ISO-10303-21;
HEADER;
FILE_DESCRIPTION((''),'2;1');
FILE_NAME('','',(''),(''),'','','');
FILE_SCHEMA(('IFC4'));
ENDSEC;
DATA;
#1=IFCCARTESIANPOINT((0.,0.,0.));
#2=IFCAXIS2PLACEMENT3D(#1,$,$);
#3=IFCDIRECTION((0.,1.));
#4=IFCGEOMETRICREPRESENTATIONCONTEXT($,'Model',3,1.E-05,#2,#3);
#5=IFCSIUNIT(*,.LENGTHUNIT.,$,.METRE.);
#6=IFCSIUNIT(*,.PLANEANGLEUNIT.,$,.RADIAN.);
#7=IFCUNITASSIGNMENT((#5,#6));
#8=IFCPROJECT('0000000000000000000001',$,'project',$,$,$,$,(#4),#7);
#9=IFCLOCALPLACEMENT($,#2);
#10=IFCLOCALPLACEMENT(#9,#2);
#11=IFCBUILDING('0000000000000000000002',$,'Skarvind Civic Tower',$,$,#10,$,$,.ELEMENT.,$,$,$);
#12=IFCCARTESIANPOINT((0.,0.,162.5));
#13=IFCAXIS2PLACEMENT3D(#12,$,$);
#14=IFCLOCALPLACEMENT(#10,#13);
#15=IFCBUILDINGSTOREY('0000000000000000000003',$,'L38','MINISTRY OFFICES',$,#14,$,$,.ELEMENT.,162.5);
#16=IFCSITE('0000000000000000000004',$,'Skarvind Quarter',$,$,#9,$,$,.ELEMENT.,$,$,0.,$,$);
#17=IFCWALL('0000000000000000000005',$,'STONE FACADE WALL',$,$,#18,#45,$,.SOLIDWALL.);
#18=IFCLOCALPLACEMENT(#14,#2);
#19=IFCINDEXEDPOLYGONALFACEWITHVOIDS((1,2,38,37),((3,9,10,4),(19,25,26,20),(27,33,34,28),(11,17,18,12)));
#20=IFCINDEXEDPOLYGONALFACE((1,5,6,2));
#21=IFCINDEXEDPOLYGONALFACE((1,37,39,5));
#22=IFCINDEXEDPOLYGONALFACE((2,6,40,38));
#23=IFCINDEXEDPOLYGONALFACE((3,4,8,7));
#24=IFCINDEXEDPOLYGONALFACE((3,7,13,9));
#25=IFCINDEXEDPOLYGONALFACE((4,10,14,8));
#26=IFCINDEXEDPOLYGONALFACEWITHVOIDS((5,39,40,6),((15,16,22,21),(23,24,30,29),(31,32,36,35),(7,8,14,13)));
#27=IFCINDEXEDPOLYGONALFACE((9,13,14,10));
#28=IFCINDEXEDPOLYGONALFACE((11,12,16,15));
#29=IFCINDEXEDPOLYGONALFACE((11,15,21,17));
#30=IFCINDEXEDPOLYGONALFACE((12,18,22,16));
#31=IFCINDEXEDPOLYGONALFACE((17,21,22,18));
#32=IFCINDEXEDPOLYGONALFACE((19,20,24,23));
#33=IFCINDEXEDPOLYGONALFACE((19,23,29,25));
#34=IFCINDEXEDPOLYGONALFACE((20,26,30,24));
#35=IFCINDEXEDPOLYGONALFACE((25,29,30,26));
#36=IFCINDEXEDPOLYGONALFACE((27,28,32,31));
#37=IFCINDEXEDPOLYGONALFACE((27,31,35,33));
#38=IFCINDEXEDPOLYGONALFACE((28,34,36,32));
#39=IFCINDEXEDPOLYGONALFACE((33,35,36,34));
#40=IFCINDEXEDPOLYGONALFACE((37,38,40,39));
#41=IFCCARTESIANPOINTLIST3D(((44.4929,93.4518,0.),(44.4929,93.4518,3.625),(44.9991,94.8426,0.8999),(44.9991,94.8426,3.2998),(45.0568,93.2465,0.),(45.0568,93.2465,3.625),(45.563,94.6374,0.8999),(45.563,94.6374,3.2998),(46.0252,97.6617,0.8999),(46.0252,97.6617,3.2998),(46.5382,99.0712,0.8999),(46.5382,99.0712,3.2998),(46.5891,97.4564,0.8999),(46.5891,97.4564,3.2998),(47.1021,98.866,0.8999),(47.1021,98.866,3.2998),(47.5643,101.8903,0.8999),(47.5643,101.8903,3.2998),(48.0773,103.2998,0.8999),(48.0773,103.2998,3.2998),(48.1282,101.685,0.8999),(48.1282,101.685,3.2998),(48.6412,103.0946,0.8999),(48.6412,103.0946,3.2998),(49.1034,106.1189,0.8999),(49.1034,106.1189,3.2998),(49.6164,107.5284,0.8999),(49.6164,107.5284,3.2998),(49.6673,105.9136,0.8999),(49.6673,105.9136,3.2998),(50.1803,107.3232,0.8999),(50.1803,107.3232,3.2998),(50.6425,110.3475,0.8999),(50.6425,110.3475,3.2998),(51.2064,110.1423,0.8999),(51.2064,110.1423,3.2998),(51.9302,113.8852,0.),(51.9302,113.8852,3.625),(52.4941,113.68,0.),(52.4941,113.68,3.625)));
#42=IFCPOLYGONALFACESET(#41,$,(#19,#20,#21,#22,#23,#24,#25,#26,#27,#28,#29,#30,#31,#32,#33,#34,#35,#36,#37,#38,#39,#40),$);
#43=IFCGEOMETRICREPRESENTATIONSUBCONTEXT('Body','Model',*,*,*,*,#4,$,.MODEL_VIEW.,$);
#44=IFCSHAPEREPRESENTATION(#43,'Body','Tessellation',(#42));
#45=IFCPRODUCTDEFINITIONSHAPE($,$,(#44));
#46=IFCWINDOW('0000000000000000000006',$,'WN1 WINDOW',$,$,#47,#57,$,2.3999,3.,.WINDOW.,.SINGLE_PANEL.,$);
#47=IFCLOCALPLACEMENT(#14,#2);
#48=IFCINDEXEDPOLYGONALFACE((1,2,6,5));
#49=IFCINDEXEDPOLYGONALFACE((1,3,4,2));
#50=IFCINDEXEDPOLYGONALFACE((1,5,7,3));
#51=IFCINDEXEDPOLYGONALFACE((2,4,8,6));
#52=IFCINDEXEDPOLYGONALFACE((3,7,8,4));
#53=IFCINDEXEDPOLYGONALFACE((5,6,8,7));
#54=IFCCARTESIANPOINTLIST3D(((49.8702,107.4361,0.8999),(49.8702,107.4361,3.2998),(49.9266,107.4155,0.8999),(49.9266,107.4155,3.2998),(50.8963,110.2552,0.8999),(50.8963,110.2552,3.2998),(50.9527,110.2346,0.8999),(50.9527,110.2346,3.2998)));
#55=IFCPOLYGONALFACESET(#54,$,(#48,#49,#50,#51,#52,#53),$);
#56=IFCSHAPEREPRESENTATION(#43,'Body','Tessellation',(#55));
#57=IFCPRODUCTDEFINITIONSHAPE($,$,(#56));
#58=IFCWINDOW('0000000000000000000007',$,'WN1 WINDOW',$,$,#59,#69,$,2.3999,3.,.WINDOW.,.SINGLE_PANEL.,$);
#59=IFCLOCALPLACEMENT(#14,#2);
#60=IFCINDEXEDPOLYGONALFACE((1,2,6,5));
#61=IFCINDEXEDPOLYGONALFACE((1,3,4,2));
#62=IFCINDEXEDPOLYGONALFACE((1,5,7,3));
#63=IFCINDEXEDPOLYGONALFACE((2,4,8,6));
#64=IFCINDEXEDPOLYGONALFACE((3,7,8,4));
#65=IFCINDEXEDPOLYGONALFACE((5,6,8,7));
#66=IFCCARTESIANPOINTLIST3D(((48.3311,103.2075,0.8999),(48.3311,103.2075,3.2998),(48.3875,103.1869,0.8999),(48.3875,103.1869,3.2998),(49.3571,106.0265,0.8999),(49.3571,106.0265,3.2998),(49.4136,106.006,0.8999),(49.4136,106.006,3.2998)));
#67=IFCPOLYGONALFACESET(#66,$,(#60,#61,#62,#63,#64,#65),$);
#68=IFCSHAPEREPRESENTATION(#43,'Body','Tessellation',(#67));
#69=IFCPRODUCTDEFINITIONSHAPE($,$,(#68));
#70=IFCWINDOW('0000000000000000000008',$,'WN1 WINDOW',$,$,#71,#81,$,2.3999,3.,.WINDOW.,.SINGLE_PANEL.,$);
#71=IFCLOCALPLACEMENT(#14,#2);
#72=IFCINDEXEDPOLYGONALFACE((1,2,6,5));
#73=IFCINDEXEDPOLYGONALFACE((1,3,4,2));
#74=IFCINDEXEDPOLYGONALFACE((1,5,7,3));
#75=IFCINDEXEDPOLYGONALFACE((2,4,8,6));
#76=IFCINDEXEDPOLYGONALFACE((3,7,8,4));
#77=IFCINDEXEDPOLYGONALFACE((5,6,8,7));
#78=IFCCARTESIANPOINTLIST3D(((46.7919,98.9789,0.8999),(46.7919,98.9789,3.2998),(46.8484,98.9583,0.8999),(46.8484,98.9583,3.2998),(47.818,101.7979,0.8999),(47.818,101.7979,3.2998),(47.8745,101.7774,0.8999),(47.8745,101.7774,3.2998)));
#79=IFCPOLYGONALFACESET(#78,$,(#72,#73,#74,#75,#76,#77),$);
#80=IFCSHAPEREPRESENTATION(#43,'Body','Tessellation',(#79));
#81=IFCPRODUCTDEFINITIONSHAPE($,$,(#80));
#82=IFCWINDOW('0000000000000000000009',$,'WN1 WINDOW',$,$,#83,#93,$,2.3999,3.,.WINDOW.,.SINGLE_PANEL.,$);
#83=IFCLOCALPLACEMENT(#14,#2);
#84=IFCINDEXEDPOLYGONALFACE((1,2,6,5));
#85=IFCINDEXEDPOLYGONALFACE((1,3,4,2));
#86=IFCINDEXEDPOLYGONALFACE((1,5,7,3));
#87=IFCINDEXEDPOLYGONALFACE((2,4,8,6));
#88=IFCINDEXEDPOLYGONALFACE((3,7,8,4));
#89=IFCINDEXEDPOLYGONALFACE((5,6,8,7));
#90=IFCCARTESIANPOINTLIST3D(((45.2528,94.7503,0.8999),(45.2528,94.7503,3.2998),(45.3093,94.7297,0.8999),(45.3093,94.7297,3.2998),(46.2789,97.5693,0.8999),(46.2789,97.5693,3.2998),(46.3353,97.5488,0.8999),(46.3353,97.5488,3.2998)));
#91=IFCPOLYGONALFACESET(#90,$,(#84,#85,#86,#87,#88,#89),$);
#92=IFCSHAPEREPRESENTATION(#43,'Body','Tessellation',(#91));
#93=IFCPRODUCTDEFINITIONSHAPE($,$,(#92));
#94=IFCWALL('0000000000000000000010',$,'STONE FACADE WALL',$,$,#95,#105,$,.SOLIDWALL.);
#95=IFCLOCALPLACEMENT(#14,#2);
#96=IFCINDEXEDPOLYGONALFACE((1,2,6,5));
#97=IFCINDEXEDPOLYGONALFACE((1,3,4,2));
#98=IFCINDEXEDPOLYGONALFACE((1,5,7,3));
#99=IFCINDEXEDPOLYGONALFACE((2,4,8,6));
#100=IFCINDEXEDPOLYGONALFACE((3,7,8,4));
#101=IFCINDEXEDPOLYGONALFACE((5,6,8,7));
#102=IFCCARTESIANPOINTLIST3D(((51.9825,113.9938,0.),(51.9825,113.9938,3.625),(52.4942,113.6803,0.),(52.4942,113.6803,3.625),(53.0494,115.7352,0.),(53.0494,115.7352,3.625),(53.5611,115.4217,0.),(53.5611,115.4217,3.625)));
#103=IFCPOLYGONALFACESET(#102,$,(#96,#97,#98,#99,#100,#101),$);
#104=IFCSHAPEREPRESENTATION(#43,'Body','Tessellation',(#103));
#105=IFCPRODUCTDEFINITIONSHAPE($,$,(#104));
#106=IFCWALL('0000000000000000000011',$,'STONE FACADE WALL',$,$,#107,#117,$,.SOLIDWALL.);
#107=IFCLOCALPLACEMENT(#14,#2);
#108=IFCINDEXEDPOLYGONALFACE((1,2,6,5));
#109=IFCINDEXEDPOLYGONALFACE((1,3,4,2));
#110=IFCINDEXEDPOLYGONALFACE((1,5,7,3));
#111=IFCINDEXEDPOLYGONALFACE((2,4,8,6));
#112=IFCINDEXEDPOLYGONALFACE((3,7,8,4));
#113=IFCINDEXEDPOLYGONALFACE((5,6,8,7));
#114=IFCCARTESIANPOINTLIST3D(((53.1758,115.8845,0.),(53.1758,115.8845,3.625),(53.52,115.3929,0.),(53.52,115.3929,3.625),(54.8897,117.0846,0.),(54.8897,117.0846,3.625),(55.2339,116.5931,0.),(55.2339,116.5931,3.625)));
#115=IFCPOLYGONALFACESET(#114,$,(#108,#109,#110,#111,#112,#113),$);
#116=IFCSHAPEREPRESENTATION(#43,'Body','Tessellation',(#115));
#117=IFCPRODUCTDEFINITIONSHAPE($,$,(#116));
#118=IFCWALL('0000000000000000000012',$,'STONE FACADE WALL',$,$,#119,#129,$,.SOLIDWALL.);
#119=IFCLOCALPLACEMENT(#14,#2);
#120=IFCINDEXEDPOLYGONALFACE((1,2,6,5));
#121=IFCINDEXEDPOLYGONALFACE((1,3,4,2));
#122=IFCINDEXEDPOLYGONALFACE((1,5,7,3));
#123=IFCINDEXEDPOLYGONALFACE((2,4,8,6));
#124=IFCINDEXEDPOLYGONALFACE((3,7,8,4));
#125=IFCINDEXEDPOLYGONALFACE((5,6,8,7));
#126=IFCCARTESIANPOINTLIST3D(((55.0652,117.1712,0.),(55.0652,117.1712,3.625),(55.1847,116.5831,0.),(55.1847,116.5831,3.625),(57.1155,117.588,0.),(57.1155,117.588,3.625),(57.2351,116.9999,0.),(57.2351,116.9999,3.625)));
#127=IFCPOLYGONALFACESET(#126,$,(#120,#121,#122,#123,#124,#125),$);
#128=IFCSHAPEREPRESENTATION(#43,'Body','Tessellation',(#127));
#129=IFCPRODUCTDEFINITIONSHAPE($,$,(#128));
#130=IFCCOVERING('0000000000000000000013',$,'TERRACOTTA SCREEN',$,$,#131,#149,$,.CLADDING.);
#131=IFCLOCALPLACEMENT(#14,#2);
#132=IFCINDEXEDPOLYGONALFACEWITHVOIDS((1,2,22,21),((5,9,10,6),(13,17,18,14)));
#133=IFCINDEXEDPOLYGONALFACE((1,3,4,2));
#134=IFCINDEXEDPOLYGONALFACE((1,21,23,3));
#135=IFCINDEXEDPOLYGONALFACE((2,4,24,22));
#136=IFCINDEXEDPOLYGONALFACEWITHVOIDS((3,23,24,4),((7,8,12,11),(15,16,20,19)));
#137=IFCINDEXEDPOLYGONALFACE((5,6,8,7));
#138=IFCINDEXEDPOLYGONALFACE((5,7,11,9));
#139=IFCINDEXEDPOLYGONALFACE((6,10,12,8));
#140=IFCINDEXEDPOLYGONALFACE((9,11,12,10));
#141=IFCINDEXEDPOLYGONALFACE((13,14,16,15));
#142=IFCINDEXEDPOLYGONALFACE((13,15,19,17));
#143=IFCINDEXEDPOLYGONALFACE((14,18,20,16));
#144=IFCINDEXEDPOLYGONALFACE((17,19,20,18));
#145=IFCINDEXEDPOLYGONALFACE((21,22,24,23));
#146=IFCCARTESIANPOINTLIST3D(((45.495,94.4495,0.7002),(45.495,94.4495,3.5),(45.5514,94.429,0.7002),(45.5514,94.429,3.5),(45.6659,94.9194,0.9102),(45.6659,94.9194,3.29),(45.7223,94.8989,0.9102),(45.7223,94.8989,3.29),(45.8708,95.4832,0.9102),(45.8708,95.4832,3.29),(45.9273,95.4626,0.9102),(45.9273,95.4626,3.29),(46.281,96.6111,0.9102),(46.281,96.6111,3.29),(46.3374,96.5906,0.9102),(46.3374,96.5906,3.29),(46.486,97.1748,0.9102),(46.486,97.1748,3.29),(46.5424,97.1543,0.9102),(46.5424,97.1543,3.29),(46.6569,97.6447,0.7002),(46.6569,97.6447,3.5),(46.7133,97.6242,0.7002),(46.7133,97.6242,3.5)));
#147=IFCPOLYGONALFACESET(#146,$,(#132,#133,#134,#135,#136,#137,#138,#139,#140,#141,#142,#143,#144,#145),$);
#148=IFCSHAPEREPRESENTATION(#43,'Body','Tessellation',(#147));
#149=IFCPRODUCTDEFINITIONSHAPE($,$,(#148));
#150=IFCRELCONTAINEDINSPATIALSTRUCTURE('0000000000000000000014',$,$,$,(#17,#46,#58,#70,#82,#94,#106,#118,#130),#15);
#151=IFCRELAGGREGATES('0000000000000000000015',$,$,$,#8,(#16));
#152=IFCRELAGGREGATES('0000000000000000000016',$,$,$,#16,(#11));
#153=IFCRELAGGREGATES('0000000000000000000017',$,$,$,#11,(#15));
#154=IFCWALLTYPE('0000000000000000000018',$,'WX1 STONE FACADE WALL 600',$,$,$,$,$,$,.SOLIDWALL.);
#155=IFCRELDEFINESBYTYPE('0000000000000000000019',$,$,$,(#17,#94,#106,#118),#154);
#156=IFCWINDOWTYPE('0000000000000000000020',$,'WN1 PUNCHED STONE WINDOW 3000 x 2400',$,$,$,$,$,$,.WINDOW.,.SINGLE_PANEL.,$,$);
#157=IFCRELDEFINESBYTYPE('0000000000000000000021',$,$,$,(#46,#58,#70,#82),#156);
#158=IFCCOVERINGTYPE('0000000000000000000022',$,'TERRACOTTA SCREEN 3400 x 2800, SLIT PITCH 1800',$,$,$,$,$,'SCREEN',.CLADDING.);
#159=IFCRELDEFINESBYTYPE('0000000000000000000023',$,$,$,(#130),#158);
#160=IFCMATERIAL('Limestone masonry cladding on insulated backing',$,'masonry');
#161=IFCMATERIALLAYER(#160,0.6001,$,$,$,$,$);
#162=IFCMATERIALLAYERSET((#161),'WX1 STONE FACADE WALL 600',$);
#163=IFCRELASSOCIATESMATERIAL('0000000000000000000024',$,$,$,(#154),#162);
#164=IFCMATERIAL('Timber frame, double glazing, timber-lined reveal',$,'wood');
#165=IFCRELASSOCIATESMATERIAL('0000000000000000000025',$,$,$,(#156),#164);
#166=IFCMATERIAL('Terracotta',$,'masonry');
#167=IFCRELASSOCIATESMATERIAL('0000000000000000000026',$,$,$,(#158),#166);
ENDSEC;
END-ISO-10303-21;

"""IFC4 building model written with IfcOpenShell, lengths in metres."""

from ifc_helpers import new_model, si_unit, direction, frame, frame_2d, origin, place, context, subcontext, project, spatial, polyline, rectangle, outline, extrude, material, layer, layer_set, material_profile, profile_set, type_object, element, fill, save


model = new_model("IFC4")

# Units and contexts
model_context = context("Model", 3, precision=1e-05, world=origin(), true_north=direction((0.0, 1.0)))
body_context = subcontext(model_context, "Body", "Model", "MODEL_VIEW")
ifc_project = project(units=[si_unit("LENGTHUNIT", "METRE"), si_unit("PLANEANGLEUNIT", "RADIAN")], contexts=[model_context])

# Site, building, storey
site_placement = place(None, origin())
site = spatial("IfcSite", under=ifc_project, at=site_placement, Name="Skarvind Quarter", CompositionType="ELEMENT", RefElevation=0.0)
building_placement = place(site_placement, origin())
building = spatial("IfcBuilding", under=site, at=building_placement, Name="Skarvind Civic Tower", CompositionType="ELEMENT")
storey_placement = place(building_placement, frame((0.0, 0.0, 162.5)))
storey = spatial("IfcBuildingStorey", under=building, at=storey_placement, Name="L38", Description="MINISTRY OFFICES", CompositionType="ELEMENT", Elevation=162.5)

# Wall, openings, windows
ifc_material_1 = material(Name="Limestone masonry cladding on insulated backing", Category="masonry")
ifc_layer_1 = layer(ifc_material_1, 0.6001)
ifc_layer_set_1 = layer_set([ifc_layer_1], Name="WX1 STONE FACADE WALL 600")
wall_type_1 = type_object("IfcWallType", Name="WX1 STONE FACADE WALL 600", PredefinedType="SOLIDWALL", material=ifc_layer_set_1)
wall_1_placement = place(storey_placement, frame((52.2122, 113.7827, 0.0), z_axis=(0.0, 0.0, 1.0), x_axis=(-0.342025, -0.939691, 0.0)))
wall_1 = element("IfcWall", 1, at=wall_1_placement, inside=storey, type_object=wall_type_1, Name="STONE FACADE WALL", PredefinedType="SOLIDWALL", context=body_context, shape_type="SweptSolid", body=[
    extrude(rectangle(XDim=21.7449, YDim=0.6001, at=frame_2d((10.8726, 0.0))), origin(), (0.0, 0.0, 1.0), 3.625),
])
opening_1_placement = place(wall_1_placement, frame((3.7649, 0.0, 0.8999)))
opening_1 = element("IfcOpeningElement", 2, at=opening_1_placement, cuts=wall_1, PredefinedType="OPENING", context=body_context, shape_type="SweptSolid", body=[
    extrude(rectangle(XDim=3.0, YDim=2.3999, at=frame_2d((1.5, 1.2))), frame((0.0, 0.3101, 0.0), z_axis=(0.0, -1.0, 0.0), x_axis=(1.0, 0.0, 0.0)), (0.0, 0.0, 1.0), 0.6201),
])
opening_2_placement = place(wall_1_placement, frame((8.2649, 0.0, 0.8999)))
opening_2 = element("IfcOpeningElement", 3, at=opening_2_placement, cuts=wall_1, PredefinedType="OPENING", context=body_context, shape_type="SweptSolid", body=[
    extrude(rectangle(XDim=3.0, YDim=2.3999, at=frame_2d((1.5, 1.2))), frame((0.0, 0.3101, 0.0), z_axis=(0.0, -1.0, 0.0), x_axis=(1.0, 0.0, 0.0)), (0.0, 0.0, 1.0), 0.6201),
])
opening_3_placement = place(wall_1_placement, frame((12.7649, 0.0, 0.8999)))
opening_3 = element("IfcOpeningElement", 4, at=opening_3_placement, cuts=wall_1, PredefinedType="OPENING", context=body_context, shape_type="SweptSolid", body=[
    extrude(rectangle(XDim=3.0, YDim=2.3999, at=frame_2d((1.5, 1.2))), frame((0.0, 0.3101, 0.0), z_axis=(0.0, -1.0, 0.0), x_axis=(1.0, 0.0, 0.0)), (0.0, 0.0, 1.0), 0.6201),
])
opening_4_placement = place(wall_1_placement, frame((17.2649, 0.0, 0.8999)))
opening_4 = element("IfcOpeningElement", 5, at=opening_4_placement, cuts=wall_1, PredefinedType="OPENING", context=body_context, shape_type="SweptSolid", body=[
    extrude(rectangle(XDim=3.0, YDim=2.3999, at=frame_2d((1.5, 1.2))), frame((0.0, 0.3101, 0.0), z_axis=(0.0, -1.0, 0.0), x_axis=(1.0, 0.0, 0.0)), (0.0, 0.0, 1.0), 0.6201),
])
ifc_material_2 = material(Name="Timber frame, double glazing, timber-lined reveal", Category="wood")
window_type = type_object("IfcWindowType", Name="WN1 PUNCHED STONE WINDOW 3000 x 2400", PartitioningType="SINGLE_PANEL", PredefinedType="WINDOW", material=ifc_material_2)
window_1_placement = place(opening_1_placement, origin())
window_1 = element("IfcWindow", 6, at=window_1_placement, inside=storey, type_object=window_type, Name="WN1 WINDOW", OverallHeight=2.3999, OverallWidth=3.0, PartitioningType="SINGLE_PANEL", PredefinedType="WINDOW", context=body_context, shape_type="SweptSolid", body=[
    extrude(rectangle(XDim=3.0, YDim=2.3999, at=frame_2d((1.5, 1.2))), frame((0.0, 0.03, 0.0), z_axis=(0.0, -1.0, 0.0), x_axis=(1.0, 0.0, 0.0)), (0.0, 0.0, 1.0), 0.0601),
])
fill(opening_1, window_1)
window_2_placement = place(opening_2_placement, origin())
window_2 = element("IfcWindow", 7, at=window_2_placement, inside=storey, type_object=window_type, Name="WN1 WINDOW", OverallHeight=2.3999, OverallWidth=3.0, PartitioningType="SINGLE_PANEL", PredefinedType="WINDOW", context=body_context, shape_type="SweptSolid", body=[
    extrude(rectangle(XDim=3.0, YDim=2.3999, at=frame_2d((1.5, 1.2))), frame((0.0, 0.03, 0.0), z_axis=(0.0, -1.0, 0.0), x_axis=(1.0, 0.0, 0.0)), (0.0, 0.0, 1.0), 0.0601),
])
fill(opening_2, window_2)
window_3_placement = place(opening_3_placement, origin())
window_3 = element("IfcWindow", 8, at=window_3_placement, inside=storey, type_object=window_type, Name="WN1 WINDOW", OverallHeight=2.3999, OverallWidth=3.0, PartitioningType="SINGLE_PANEL", PredefinedType="WINDOW", context=body_context, shape_type="SweptSolid", body=[
    extrude(rectangle(XDim=3.0, YDim=2.3999, at=frame_2d((1.5, 1.2))), frame((0.0, 0.03, 0.0), z_axis=(0.0, -1.0, 0.0), x_axis=(1.0, 0.0, 0.0)), (0.0, 0.0, 1.0), 0.0601),
])
fill(opening_3, window_3)
window_4_placement = place(opening_4_placement, origin())
window_4 = element("IfcWindow", 9, at=window_4_placement, inside=storey, type_object=window_type, Name="WN1 WINDOW", OverallHeight=2.3999, OverallWidth=3.0, PartitioningType="SINGLE_PANEL", PredefinedType="WINDOW", context=body_context, shape_type="SweptSolid", body=[
    extrude(rectangle(XDim=3.0, YDim=2.3999, at=frame_2d((1.5, 1.2))), frame((0.0, 0.03, 0.0), z_axis=(0.0, -1.0, 0.0), x_axis=(1.0, 0.0, 0.0)), (0.0, 0.0, 1.0), 0.0601),
])
fill(opening_4, window_4)

# Walls
wall_2_placement = place(storey_placement, frame((53.3052, 115.5784, 0.0), z_axis=(0.0, 0.0, 1.0), x_axis=(-0.522402, -0.852699, 0.0)))
element("IfcWall", 10, at=wall_2_placement, inside=storey, type_object=wall_type_1, Name="STONE FACADE WALL", PredefinedType="SOLIDWALL", context=body_context, shape_type="SweptSolid", body=[
    extrude(rectangle(XDim=2.0422, YDim=0.6001, at=frame_2d((1.021, 0.0))), origin(), (0.0, 0.0, 1.0), 3.625),
])
for number, where, z_axis, x_axis, name in (
    (11, (55.0618, 116.8389, 0.0), (0.0, 0.0, 1.0), (-0.819122, -0.573619, 0.0), "STONE FACADE WALL"),
    (12, (57.1753, 117.2939, 0.0), (0.0, 0.0, 1.0), (-0.979961, -0.199189, 0.0), "STONE FACADE WALL"),
):
    element("IfcWall", number, at=place(storey_placement, frame(where, z_axis=z_axis, x_axis=x_axis)), inside=storey, type_object=wall_type_1, Name=name, PredefinedType="SOLIDWALL", context=body_context, shape_type="SweptSolid", body=[
        extrude(rectangle(XDim=2.0923, YDim=0.6001, at=frame_2d((1.0461, 0.0))), origin(), (0.0, 0.0, 1.0), 3.625),
    ])

# Covering
ifc_material_3 = material(Name="Terracotta", Category="masonry")
ifc_material_profile_1 = material_profile(ifc_material_3, outline(polyline([(-1.7, -1.3999), (1.7, -1.3999), (1.7, 1.3999), (-1.7, 1.3999), (-1.7, -1.3999)]), holes=[polyline([(-1.2, -1.1899), (-0.6001, -1.1899), (-0.6001, 1.1899), (-1.2, 1.1899), (-1.2, -1.1899)]), polyline([(0.6001, -1.1899), (1.2, -1.1899), (1.2, 1.1899), (0.6001, 1.1899), (0.6001, -1.1899)])]), Name="TERRACOTTA SCREEN 3400 x 2800, SLIT PITCH 1800")
ifc_profile_set_1 = profile_set([ifc_material_profile_1], Name="Terracotta")
covering_type = type_object("IfcCoveringType", Name="TERRACOTTA SCREEN 3400 x 2800, SLIT PITCH 1800", ElementType="SCREEN", PredefinedType="CLADDING", material=ifc_profile_set_1)
covering_placement = place(storey_placement, frame((46.0759, 96.0471, 2.1001), z_axis=(0.939793, -0.341743, 0.0), x_axis=(0.341743, 0.939793, 0.0)))
element("IfcCovering", 13, at=covering_placement, inside=storey, type_object=covering_type, Name="TERRACOTTA SCREEN", PredefinedType="CLADDING", context=body_context, shape_type="SweptSolid", body=[
    extrude(outline(polyline([(-1.7, -1.3999), (1.7, -1.3999), (1.7, 1.3999), (-1.7, 1.3999), (-1.7, -1.3999)]), holes=[polyline([(-1.2, -1.1899), (-0.6001, -1.1899), (-0.6001, 1.1899), (-1.2, 1.1899), (-1.2, -1.1899)]), polyline([(0.6001, -1.1899), (1.2, -1.1899), (1.2, 1.1899), (0.6001, 1.1899), (0.6001, -1.1899)])]), origin(), (0.0, 0.0, 1.0), 0.0601),
])

save(model, "model.ifc")
